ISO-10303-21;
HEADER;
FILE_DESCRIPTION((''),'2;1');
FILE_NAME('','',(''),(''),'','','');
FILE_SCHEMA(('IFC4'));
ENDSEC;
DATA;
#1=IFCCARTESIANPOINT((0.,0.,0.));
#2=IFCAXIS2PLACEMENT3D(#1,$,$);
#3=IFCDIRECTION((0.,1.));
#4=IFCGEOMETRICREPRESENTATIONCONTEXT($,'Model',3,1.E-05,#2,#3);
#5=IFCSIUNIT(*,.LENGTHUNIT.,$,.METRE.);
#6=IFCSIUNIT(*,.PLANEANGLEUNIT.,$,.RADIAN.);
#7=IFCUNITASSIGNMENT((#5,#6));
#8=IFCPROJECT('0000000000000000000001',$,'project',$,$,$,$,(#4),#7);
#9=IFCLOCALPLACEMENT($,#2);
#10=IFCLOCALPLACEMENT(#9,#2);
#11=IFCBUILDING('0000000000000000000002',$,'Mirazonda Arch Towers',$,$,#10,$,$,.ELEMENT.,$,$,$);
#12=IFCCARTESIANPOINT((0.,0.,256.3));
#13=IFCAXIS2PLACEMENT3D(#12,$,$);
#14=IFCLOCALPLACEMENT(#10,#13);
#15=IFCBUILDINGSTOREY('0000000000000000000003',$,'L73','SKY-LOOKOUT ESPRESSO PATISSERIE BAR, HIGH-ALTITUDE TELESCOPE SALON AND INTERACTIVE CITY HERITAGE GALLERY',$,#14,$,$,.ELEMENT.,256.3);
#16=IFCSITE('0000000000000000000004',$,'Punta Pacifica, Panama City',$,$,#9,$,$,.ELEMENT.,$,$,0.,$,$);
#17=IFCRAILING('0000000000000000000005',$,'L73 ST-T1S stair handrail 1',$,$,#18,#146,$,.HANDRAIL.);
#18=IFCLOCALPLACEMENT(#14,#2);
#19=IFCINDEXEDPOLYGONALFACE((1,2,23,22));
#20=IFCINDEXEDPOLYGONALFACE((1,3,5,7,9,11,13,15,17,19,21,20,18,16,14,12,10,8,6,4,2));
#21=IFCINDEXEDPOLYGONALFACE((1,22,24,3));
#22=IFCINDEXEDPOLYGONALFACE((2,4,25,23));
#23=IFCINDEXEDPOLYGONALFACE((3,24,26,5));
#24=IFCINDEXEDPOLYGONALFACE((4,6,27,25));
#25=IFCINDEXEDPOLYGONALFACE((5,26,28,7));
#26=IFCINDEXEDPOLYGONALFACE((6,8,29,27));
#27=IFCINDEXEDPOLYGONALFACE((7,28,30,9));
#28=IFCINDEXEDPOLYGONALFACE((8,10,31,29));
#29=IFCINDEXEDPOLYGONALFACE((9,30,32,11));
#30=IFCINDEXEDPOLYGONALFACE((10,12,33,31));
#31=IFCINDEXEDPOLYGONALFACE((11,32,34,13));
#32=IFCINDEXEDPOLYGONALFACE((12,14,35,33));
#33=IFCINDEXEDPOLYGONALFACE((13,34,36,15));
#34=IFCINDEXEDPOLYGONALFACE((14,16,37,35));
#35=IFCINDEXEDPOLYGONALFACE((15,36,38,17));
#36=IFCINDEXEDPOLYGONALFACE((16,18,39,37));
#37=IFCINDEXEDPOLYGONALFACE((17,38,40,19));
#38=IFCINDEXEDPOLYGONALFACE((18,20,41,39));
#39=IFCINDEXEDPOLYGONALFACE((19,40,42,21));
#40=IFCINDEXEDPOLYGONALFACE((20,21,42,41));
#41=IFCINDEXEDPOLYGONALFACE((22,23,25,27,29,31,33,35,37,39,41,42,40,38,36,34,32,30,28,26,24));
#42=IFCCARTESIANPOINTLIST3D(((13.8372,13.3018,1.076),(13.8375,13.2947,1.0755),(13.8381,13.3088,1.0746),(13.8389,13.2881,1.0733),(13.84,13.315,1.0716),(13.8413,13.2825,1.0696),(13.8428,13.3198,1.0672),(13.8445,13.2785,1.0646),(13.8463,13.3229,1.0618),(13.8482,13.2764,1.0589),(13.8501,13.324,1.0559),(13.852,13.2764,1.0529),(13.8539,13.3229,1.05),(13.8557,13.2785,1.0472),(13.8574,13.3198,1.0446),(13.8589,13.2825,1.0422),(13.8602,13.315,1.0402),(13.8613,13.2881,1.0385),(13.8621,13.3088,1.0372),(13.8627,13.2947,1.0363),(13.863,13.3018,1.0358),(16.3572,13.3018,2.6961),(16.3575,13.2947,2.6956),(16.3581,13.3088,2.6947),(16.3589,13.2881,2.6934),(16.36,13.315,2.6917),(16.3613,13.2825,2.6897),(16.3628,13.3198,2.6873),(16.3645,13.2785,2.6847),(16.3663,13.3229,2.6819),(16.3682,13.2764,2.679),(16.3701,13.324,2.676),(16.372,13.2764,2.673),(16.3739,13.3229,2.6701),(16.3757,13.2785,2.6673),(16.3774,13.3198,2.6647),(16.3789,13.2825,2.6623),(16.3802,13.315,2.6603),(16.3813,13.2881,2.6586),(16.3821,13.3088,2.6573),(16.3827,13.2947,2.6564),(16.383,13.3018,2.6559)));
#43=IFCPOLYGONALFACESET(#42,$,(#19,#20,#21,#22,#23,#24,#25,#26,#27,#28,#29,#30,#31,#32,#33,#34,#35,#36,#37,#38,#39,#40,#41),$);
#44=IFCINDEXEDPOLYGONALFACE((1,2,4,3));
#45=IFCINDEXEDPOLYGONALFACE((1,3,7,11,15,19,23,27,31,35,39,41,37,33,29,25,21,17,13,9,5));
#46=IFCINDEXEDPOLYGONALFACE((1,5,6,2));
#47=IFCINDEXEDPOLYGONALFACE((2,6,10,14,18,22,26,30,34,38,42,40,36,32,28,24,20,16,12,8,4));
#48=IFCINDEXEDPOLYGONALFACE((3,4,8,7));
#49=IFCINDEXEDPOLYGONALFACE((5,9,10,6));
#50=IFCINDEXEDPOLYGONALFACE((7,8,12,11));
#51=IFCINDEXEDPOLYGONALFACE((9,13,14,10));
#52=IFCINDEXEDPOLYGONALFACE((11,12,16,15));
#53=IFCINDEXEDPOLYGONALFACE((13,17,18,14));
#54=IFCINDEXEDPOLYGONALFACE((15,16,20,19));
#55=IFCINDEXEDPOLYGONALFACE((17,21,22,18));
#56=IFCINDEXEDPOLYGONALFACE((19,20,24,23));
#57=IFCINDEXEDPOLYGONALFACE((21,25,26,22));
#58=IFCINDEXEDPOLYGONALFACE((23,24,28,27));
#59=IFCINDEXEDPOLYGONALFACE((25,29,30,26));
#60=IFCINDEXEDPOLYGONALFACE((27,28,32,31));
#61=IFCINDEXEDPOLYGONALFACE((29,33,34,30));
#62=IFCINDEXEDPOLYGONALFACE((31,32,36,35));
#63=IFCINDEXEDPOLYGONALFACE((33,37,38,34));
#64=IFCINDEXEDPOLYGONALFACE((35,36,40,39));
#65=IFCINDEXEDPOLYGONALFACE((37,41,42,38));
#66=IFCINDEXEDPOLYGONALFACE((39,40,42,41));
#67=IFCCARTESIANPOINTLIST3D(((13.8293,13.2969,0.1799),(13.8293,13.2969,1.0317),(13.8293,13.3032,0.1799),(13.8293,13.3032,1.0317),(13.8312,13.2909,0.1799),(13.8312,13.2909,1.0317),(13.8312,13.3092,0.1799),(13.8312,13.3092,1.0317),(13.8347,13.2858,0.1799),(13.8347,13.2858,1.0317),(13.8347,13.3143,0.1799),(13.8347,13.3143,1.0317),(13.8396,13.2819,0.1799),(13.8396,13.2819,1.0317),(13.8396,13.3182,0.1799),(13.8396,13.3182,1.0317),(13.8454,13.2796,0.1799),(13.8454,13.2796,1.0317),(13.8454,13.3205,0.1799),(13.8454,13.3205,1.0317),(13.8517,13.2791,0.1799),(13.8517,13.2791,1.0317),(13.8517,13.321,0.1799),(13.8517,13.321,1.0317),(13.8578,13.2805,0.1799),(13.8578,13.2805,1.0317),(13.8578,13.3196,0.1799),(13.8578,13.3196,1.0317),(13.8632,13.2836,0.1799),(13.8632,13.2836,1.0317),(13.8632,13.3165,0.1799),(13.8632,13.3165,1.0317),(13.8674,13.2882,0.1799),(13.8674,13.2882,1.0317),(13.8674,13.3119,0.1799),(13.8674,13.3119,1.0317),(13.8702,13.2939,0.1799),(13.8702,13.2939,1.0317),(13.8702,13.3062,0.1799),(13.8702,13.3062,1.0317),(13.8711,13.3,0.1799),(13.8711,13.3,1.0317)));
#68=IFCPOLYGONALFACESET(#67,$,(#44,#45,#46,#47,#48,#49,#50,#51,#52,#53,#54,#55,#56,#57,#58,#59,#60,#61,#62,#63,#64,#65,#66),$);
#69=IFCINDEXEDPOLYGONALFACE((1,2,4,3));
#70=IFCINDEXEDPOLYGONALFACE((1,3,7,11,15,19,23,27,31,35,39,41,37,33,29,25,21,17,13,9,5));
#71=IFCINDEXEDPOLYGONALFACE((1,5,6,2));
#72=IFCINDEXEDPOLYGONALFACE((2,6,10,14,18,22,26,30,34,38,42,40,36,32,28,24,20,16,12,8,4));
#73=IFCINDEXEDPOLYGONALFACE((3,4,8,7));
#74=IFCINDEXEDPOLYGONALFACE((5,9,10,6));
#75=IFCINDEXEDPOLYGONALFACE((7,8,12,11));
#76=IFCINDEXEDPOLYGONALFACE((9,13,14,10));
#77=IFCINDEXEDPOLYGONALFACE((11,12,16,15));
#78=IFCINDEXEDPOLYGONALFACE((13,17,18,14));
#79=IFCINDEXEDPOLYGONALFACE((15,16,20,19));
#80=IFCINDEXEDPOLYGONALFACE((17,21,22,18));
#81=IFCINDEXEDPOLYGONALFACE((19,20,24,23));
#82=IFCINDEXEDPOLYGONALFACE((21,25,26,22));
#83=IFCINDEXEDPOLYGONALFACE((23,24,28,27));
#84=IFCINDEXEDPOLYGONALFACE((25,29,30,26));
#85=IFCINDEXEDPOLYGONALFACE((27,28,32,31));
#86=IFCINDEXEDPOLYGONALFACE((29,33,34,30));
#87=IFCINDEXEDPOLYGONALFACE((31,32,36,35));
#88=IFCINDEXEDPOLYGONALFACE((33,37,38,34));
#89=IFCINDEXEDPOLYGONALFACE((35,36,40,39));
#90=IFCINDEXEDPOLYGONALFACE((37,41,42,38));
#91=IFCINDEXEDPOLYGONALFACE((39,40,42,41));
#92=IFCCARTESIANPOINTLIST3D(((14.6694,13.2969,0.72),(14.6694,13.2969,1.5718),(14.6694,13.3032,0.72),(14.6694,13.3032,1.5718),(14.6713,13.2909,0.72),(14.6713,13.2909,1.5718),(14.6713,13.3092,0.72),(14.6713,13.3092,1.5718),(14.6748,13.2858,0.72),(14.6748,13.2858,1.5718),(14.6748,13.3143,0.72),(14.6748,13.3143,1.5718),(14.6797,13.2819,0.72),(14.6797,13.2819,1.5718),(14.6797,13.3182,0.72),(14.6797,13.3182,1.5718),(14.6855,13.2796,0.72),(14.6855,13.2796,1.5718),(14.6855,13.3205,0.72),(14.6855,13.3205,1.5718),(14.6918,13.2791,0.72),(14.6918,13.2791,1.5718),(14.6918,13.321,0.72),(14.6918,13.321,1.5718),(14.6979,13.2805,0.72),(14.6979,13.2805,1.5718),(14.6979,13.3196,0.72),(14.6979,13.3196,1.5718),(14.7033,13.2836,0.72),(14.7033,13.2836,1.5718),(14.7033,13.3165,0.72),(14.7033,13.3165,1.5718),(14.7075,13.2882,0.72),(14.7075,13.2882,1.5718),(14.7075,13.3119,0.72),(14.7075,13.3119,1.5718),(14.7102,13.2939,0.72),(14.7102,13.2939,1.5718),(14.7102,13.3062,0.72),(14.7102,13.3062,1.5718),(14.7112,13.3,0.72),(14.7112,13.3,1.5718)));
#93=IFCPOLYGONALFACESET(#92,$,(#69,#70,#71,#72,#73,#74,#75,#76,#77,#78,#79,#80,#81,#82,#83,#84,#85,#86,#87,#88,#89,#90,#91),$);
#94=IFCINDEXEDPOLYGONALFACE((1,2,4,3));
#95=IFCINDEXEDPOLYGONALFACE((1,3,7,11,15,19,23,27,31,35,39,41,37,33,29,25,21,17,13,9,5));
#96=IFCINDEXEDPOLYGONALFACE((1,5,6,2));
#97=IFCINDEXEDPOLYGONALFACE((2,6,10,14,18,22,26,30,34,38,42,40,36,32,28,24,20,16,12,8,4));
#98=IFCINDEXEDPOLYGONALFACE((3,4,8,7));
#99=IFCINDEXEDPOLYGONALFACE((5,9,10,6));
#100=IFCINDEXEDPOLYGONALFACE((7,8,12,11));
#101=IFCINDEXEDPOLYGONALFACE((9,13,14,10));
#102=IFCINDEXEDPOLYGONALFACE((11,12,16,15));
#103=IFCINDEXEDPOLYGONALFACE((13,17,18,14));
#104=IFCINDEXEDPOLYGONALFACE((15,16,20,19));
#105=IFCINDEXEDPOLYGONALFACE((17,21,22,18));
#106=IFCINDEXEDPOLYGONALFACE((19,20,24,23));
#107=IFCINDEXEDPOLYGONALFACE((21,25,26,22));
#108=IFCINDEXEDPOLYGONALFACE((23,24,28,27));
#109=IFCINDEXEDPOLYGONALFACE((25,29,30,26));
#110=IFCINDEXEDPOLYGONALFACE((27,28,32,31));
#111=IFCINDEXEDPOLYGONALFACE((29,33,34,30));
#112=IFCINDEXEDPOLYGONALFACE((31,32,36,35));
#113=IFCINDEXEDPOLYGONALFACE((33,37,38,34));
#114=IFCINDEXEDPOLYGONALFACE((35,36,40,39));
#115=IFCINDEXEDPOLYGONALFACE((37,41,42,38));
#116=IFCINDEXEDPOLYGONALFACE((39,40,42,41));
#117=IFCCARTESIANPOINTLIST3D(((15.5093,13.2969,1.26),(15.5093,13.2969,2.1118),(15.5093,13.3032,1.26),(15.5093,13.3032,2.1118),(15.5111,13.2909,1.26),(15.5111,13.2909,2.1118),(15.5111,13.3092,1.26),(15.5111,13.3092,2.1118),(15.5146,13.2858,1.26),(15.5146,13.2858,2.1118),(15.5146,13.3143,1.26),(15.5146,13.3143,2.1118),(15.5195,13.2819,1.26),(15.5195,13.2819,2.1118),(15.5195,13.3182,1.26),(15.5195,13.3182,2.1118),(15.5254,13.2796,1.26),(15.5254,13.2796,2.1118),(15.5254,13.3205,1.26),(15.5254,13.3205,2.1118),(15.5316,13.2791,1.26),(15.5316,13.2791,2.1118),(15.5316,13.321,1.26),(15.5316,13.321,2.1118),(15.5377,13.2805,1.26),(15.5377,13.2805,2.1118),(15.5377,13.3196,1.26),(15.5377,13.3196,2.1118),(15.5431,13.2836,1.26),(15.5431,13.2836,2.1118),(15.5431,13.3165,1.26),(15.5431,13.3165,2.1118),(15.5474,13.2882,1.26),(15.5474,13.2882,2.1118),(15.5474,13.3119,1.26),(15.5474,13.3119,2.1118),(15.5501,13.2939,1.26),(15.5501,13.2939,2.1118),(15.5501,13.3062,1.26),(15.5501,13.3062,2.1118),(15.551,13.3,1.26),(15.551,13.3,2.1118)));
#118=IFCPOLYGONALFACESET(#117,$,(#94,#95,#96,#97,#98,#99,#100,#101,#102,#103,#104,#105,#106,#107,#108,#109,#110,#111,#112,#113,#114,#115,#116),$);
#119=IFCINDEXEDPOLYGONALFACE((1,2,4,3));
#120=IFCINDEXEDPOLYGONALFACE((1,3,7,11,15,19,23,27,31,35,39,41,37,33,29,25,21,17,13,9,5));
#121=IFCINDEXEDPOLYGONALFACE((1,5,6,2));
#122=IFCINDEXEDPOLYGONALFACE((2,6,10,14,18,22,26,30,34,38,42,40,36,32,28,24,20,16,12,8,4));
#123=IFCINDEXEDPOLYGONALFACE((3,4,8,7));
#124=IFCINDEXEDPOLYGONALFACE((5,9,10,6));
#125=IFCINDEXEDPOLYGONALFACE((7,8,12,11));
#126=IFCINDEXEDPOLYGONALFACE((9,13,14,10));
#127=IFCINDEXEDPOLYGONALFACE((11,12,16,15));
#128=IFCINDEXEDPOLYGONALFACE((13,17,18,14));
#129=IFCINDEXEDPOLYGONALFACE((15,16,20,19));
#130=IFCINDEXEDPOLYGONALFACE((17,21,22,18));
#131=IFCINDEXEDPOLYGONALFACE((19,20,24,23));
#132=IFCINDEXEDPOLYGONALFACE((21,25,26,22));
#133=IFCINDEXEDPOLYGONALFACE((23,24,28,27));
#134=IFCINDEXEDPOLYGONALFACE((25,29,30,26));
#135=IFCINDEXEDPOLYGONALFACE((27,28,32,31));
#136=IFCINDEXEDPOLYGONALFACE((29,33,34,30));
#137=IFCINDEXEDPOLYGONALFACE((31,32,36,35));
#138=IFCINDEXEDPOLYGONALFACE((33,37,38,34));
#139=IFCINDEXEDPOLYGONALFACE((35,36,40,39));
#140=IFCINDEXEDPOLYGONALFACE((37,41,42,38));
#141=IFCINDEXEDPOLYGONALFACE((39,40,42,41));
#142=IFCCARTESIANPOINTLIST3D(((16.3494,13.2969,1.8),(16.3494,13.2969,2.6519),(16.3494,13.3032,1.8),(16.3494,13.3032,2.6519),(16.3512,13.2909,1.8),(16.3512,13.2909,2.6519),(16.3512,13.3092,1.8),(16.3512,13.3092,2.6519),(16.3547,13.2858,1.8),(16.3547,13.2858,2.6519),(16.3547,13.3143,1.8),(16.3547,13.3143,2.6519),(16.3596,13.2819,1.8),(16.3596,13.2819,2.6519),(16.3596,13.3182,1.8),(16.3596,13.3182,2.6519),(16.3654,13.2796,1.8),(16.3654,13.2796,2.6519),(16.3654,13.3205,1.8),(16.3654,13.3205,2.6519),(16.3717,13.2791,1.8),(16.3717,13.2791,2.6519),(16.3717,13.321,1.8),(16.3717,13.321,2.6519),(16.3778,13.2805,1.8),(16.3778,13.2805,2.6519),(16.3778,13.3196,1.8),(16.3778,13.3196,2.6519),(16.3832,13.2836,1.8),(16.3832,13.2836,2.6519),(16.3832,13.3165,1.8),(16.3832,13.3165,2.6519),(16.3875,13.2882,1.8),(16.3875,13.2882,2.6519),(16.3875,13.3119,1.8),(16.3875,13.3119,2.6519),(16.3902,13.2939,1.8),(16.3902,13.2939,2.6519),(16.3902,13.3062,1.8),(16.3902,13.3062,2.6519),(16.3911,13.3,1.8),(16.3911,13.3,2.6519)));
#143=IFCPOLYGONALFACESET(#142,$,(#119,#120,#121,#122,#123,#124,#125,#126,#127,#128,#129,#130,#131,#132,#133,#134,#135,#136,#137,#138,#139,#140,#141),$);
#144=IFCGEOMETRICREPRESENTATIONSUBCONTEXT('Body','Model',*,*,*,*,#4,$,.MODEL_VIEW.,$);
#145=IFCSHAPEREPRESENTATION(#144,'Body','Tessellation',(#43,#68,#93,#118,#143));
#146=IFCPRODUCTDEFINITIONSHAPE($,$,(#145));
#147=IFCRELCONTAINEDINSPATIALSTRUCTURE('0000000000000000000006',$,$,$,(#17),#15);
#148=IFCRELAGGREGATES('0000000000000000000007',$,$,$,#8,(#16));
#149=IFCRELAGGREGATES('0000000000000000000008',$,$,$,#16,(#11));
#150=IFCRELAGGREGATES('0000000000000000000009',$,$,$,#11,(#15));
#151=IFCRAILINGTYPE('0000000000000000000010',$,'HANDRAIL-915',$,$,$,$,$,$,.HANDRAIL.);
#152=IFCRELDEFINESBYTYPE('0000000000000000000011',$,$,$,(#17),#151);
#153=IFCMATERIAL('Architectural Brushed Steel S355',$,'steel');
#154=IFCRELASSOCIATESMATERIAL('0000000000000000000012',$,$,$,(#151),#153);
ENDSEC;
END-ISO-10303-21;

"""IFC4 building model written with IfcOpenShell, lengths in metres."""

from ifc_helpers import new_model, si_unit, direction, frame, origin, origin_2d, place, context, subcontext, project, spatial, circle, extrude, material, type_object, element, save


model = new_model("IFC4")

# Units and contexts
model_context = context("Model", 3, precision=1e-05, world=origin(), true_north=direction((0.0, 1.0)))
body_context = subcontext(model_context, "Body", "Model", "MODEL_VIEW")
ifc_project = project(units=[si_unit("LENGTHUNIT", "METRE"), si_unit("PLANEANGLEUNIT", "RADIAN")], contexts=[model_context])

# Site, building, storey
site_placement = place(None, origin())
site = spatial("IfcSite", under=ifc_project, at=site_placement, Name="Punta Pacifica, Panama City", CompositionType="ELEMENT", RefElevation=0.0)
building_placement = place(site_placement, origin())
building = spatial("IfcBuilding", under=site, at=building_placement, Name="Mirazonda Arch Towers", CompositionType="ELEMENT")
storey_placement = place(building_placement, frame((0.0, 0.0, 256.3)))
storey = spatial("IfcBuildingStorey", under=building, at=storey_placement, Name="L73", Description="SKY-LOOKOUT ESPRESSO PATISSERIE BAR, HIGH-ALTITUDE TELESCOPE SALON AND INTERACTIVE CITY HERITAGE GALLERY", CompositionType="ELEMENT", Elevation=256.3)

# Railing
ifc_material_1 = material(Name="Architectural Brushed Steel S355", Category="steel")
railing_type_1 = type_object("IfcRailingType", Name="HANDRAIL-915", PredefinedType="HANDRAIL", material=ifc_material_1)
railing_1_placement = place(storey_placement, frame((13.8501, 13.3, 0.1799)))
element("IfcRailing", 1, at=railing_1_placement, inside=storey, type_object=railing_type_1, Name="L73 ST-T1S stair handrail 1", PredefinedType="HANDRAIL", context=body_context, shape_type="SweptSolid", body=[
    extrude(circle(Radius=0.0239, at=origin_2d()), frame((0.0, 0.0, 0.876), z_axis=(0.841163, 0.0, 0.540782), x_axis=(0.0, 1.0, 0.0)), (0.0, 0.0, 1.0), 2.9958),
    extrude(circle(Radius=0.021, at=origin_2d()), origin(), (0.0, 0.0, 1.0), 0.8518),
    extrude(circle(Radius=0.021, at=origin_2d()), frame((0.8401, 0.0, 0.54)), (0.0, 0.0, 1.0), 0.8518),
    extrude(circle(Radius=0.021, at=origin_2d()), frame((1.6799, 0.0, 1.0801)), (0.0, 0.0, 1.0), 0.8518),
    extrude(circle(Radius=0.021, at=origin_2d()), frame((2.52, 0.0, 1.6201)), (0.0, 0.0, 1.0), 0.8518),
])

save(model, "model.ifc")
